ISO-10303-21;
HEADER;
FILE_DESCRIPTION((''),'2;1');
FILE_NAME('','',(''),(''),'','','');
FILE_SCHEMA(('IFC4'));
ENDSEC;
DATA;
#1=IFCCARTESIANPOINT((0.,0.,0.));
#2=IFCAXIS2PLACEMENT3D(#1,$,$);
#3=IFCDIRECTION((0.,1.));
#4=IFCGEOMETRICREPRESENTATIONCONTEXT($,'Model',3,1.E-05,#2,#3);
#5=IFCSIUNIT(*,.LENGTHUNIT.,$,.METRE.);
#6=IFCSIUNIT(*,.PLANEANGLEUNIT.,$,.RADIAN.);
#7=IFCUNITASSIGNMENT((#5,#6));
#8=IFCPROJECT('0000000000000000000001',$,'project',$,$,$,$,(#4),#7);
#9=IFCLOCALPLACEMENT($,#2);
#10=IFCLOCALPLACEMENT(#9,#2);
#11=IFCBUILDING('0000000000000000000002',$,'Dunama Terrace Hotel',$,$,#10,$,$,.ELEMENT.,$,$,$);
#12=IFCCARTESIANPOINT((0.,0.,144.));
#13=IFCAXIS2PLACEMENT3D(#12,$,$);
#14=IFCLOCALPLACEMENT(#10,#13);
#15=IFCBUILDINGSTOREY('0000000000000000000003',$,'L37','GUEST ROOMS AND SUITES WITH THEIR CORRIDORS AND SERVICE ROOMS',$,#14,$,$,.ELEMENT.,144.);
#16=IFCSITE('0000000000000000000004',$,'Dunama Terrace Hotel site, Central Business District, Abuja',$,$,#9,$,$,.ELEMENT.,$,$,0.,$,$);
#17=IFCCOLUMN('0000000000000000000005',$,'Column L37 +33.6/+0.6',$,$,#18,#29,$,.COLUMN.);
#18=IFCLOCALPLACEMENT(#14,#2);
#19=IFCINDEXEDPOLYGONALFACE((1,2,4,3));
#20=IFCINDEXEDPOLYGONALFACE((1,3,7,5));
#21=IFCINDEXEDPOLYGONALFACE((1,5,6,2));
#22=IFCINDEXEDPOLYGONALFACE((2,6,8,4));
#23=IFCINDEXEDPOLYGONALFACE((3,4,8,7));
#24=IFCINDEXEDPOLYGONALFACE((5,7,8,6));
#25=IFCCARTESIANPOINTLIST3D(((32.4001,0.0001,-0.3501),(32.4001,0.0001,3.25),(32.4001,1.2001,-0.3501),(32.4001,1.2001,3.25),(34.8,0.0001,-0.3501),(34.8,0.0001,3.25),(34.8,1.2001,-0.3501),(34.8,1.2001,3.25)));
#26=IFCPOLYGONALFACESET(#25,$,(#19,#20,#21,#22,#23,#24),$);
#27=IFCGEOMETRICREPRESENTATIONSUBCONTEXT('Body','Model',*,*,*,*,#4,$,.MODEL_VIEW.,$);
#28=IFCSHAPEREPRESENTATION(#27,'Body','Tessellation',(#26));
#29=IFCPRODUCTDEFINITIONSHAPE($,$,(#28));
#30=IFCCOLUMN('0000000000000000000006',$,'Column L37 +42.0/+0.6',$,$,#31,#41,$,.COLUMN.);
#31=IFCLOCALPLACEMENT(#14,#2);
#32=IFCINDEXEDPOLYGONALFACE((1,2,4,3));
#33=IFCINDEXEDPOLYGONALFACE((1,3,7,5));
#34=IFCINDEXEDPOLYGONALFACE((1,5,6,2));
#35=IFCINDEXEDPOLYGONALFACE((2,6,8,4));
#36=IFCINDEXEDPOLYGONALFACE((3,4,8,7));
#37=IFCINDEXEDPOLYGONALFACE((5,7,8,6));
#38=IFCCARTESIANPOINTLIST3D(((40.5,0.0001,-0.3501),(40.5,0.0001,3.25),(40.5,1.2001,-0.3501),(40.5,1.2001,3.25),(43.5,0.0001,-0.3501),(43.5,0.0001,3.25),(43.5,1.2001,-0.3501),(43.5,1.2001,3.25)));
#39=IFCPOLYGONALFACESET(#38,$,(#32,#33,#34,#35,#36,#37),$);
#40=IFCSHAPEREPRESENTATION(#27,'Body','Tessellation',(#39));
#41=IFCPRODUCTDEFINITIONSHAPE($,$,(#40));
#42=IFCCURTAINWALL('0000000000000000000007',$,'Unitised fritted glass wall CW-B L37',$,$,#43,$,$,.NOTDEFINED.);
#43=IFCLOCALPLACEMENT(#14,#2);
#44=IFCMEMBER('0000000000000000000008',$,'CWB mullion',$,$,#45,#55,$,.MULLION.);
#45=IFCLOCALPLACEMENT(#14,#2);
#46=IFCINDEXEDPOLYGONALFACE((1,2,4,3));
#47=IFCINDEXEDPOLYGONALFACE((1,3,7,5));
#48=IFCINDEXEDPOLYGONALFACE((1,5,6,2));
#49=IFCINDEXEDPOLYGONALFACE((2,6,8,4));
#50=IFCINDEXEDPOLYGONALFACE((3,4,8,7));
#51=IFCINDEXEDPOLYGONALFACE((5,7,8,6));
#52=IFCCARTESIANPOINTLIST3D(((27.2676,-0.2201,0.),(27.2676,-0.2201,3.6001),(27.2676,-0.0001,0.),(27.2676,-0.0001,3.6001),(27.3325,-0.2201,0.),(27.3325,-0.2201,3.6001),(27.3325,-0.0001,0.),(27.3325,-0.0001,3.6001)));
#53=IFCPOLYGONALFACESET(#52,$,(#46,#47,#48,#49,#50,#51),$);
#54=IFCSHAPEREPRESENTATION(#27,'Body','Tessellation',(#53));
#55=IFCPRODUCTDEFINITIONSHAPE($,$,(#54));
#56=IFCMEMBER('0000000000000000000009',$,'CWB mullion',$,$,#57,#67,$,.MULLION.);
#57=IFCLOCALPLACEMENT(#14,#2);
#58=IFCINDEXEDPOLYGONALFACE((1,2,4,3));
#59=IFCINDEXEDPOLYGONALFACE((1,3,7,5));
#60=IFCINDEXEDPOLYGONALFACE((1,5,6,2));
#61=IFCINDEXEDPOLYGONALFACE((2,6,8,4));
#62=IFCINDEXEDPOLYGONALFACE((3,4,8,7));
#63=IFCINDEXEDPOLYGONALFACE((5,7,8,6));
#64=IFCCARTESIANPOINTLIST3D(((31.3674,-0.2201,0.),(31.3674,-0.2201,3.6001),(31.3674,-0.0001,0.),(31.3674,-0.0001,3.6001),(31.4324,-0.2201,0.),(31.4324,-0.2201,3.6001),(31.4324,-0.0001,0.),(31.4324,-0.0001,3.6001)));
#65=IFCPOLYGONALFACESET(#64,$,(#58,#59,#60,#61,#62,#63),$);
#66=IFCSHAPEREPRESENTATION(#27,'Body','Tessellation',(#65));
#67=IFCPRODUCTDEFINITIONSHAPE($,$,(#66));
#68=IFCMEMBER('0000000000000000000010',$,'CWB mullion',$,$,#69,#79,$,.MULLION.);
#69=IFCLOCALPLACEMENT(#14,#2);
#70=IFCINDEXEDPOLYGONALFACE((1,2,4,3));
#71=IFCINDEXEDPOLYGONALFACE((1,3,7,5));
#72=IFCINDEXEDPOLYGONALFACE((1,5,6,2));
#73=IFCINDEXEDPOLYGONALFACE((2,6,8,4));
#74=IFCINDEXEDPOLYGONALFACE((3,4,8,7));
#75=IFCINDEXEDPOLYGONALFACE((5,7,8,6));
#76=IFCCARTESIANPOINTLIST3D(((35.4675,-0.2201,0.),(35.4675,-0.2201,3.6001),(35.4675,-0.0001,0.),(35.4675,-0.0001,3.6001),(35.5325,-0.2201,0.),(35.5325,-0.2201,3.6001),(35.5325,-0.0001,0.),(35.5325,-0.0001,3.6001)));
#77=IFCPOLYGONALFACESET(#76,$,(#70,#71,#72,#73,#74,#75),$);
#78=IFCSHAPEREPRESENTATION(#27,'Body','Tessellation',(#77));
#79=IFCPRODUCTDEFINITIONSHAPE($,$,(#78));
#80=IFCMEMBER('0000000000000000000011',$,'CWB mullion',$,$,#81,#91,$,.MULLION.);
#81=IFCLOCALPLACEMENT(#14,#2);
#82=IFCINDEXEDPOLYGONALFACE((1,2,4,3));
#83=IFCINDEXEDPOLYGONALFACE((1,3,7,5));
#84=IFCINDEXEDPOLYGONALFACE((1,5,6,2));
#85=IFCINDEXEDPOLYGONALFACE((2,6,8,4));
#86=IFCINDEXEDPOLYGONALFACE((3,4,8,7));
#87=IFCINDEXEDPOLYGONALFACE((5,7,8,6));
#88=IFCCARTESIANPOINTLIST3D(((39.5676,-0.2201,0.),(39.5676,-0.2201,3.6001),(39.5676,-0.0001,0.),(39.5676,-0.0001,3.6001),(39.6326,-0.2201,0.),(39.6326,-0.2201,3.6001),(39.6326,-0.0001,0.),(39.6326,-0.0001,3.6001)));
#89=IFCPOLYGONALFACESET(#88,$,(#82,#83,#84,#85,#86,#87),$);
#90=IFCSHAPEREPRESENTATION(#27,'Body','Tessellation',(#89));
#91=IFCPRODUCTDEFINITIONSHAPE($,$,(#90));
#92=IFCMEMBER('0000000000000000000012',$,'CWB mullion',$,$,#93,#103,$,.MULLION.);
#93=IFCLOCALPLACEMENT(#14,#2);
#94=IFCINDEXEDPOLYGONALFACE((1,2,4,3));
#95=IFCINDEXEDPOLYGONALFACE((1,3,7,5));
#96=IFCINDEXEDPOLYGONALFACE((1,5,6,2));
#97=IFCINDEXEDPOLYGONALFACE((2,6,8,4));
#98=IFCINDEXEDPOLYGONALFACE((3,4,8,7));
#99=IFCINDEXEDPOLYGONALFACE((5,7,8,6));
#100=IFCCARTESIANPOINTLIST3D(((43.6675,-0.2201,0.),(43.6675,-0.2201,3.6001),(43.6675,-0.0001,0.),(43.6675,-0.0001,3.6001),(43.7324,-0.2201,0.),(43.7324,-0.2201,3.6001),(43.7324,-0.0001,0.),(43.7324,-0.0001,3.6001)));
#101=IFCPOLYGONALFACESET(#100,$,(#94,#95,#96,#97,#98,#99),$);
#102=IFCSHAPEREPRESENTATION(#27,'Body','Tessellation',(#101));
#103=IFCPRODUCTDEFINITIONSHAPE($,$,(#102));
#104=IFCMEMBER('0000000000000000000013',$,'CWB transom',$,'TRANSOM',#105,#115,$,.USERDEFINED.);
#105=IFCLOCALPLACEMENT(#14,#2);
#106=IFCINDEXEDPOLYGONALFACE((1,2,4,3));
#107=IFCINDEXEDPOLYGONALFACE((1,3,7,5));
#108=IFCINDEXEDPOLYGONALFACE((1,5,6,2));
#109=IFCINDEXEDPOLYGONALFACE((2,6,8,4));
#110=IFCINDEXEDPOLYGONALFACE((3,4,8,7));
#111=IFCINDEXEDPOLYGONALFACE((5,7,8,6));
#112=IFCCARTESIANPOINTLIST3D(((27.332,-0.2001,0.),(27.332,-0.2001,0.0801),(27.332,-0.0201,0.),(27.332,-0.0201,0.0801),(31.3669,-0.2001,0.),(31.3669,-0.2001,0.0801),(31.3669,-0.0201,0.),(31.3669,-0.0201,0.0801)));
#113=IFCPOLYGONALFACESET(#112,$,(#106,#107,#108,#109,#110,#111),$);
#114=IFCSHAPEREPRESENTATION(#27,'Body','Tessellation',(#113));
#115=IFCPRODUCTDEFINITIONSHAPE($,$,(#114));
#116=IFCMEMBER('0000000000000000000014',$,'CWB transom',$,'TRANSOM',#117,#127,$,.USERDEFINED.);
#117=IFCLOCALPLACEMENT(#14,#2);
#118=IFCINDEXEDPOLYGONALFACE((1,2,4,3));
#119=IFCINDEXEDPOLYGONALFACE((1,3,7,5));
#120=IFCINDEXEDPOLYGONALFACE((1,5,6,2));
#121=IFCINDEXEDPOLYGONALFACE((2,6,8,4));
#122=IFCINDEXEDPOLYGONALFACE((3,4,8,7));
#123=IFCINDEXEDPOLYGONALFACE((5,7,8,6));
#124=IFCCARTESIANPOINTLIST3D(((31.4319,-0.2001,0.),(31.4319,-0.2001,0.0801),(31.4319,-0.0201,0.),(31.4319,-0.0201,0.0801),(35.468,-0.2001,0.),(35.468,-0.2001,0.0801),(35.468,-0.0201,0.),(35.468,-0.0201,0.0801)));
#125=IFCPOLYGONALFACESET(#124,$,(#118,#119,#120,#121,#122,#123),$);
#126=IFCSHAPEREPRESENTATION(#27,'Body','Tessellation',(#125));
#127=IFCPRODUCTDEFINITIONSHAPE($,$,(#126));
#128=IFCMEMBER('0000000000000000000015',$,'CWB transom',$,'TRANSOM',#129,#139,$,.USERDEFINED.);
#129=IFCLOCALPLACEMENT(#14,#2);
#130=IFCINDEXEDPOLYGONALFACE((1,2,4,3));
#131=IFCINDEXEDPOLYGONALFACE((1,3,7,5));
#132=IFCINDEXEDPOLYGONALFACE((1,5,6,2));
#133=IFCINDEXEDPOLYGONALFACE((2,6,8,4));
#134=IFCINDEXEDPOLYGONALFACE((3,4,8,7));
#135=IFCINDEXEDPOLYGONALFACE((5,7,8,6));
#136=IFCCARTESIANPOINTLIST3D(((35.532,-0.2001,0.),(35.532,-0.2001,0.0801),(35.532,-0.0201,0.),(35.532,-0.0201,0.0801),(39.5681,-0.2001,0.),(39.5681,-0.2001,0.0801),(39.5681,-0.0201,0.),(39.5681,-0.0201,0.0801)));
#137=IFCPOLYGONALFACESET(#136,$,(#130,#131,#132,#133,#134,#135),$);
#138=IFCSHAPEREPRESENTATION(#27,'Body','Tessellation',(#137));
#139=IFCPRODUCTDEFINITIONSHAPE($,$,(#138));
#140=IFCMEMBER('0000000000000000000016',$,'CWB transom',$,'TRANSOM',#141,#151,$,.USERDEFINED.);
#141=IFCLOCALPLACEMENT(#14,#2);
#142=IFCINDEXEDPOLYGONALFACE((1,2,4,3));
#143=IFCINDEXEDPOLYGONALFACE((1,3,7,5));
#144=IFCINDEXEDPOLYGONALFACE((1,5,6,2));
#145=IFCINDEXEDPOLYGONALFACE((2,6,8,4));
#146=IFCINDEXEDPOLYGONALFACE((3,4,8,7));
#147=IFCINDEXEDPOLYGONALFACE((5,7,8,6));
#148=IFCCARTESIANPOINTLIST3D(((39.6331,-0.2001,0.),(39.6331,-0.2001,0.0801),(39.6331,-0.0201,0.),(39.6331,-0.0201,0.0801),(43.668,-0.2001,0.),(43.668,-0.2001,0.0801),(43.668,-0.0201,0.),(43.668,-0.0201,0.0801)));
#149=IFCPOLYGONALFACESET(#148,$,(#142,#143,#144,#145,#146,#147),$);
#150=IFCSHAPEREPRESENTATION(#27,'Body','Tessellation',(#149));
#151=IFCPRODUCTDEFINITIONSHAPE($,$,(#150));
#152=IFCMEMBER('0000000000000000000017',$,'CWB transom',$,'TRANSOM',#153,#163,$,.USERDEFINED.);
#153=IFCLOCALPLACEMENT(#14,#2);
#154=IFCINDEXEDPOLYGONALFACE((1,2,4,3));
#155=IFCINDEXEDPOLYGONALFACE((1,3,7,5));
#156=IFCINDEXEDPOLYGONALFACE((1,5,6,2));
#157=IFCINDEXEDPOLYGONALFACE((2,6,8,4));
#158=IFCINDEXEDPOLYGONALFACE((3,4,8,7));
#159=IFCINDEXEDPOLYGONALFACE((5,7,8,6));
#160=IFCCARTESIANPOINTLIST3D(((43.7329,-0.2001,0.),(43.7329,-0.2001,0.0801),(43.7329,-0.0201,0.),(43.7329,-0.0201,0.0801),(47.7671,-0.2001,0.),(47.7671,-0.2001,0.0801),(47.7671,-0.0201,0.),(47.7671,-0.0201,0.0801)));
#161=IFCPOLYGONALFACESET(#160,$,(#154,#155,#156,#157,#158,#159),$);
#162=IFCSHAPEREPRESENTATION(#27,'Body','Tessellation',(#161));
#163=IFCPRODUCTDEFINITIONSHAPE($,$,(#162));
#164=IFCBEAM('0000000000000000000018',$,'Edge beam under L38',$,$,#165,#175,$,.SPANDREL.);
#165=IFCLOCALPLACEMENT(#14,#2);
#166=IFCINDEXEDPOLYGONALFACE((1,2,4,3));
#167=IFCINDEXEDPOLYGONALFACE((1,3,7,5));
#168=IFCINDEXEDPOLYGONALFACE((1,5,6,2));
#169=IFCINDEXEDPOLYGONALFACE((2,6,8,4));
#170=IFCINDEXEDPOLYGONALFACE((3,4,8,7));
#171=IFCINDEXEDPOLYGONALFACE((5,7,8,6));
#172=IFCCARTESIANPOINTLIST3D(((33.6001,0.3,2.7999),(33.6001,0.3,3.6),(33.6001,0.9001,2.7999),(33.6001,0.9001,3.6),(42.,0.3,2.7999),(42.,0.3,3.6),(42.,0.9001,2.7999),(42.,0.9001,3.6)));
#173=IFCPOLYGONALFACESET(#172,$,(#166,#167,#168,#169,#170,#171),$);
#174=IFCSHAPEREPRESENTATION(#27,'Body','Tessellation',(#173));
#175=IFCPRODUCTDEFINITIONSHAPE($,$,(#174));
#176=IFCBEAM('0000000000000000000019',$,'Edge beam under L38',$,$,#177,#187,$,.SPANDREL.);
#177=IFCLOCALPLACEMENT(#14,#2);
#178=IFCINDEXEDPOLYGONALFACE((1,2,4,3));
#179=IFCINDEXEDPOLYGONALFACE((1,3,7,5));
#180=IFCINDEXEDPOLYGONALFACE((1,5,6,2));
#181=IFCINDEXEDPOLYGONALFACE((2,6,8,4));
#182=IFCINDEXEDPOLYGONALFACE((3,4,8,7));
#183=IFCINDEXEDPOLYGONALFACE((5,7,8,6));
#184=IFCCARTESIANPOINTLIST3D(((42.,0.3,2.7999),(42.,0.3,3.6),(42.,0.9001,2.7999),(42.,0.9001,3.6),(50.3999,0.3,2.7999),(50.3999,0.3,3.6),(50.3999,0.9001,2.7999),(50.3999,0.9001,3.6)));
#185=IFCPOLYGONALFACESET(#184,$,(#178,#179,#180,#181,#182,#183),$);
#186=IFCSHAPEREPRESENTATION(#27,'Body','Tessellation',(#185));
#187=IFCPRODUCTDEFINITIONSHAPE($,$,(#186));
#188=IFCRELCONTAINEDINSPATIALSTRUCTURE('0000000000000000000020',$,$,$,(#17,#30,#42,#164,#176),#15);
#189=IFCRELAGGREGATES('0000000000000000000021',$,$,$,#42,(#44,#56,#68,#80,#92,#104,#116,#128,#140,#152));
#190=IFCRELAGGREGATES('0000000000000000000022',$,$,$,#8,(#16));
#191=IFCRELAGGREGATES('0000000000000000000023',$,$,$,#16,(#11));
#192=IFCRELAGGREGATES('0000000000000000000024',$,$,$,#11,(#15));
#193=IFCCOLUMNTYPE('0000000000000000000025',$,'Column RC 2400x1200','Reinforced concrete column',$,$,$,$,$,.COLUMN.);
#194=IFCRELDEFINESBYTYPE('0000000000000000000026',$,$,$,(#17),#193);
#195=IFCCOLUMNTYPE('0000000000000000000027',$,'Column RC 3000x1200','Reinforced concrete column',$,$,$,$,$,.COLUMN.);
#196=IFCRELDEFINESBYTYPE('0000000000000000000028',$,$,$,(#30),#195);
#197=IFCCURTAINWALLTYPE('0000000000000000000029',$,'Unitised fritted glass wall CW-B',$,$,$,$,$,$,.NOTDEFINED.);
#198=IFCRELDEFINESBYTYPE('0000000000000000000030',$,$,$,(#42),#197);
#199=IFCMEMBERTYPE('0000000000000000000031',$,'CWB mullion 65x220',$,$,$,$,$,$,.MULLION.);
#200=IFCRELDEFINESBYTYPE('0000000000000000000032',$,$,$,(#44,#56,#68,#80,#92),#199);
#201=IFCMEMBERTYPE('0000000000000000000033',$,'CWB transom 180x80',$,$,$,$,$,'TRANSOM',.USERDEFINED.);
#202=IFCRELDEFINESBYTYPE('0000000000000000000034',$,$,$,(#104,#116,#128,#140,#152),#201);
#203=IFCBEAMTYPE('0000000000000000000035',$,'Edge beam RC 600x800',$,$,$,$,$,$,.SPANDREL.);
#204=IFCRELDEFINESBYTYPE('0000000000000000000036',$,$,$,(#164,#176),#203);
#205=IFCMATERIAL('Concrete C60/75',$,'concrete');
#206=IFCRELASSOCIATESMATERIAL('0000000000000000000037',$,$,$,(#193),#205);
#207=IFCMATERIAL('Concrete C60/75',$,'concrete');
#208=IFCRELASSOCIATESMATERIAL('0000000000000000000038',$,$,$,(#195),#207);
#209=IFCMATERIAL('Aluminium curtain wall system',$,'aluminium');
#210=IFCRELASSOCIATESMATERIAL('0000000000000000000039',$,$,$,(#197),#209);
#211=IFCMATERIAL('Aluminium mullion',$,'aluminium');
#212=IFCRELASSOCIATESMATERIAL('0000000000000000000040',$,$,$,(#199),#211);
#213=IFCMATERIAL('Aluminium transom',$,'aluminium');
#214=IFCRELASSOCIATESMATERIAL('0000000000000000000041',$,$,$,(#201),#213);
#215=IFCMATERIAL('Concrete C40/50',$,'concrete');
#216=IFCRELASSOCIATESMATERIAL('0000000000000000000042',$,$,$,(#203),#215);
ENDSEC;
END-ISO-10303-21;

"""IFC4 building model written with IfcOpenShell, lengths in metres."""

from ifc_helpers import new_model, si_unit, direction, frame, origin, origin_2d, place, context, subcontext, project, spatial, rectangle, extrude, material, material_profile, profile_set, type_object, element, aggregate, save


model = new_model("IFC4")

# Units and contexts
model_context = context("Model", 3, precision=1e-05, world=origin(), true_north=direction((0.0, 1.0)))
body_context = subcontext(model_context, "Body", "Model", "MODEL_VIEW")
ifc_project = project(units=[si_unit("LENGTHUNIT", "METRE"), si_unit("PLANEANGLEUNIT", "RADIAN")], contexts=[model_context])

# Site, building, storey
site_placement = place(None, origin())
site = spatial("IfcSite", under=ifc_project, at=site_placement, Name="Dunama Terrace Hotel site, Central Business District, Abuja", CompositionType="ELEMENT", RefElevation=0.0)
building_placement = place(site_placement, origin())
building = spatial("IfcBuilding", under=site, at=building_placement, Name="Dunama Terrace Hotel", CompositionType="ELEMENT")
storey_placement = place(building_placement, frame((0.0, 0.0, 144.0)))
storey = spatial("IfcBuildingStorey", under=building, at=storey_placement, Name="L37", Description="GUEST ROOMS AND SUITES WITH THEIR CORRIDORS AND SERVICE ROOMS", CompositionType="ELEMENT", Elevation=144.0)

# Columns
ifc_material_1 = material(Name="Concrete C60/75", Category="concrete")
ifc_material_profile_1 = material_profile(ifc_material_1, rectangle(XDim=2.3999, YDim=1.2, at=origin_2d()), Name="RC 2400x1200")
ifc_profile_set_1 = profile_set([ifc_material_profile_1], Name="Concrete C60/75")
column_type_1 = type_object("IfcColumnType", Name="Column RC 2400x1200", Description="Reinforced concrete column", PredefinedType="COLUMN", material=ifc_profile_set_1)
column_1_placement = place(storey_placement, frame((33.6001, 0.6001, -0.3501), z_axis=(0.0, 0.0, 1.0), x_axis=(1.0, 0.0, 0.0)))
element("IfcColumn", 1, at=column_1_placement, inside=storey, type_object=column_type_1, Name="Column L37 +33.6/+0.6", PredefinedType="COLUMN", context=body_context, shape_type="SweptSolid", body=[
    extrude(rectangle(XDim=2.3999, YDim=1.2, at=origin_2d()), origin(), (0.0, 0.0, 1.0), 3.6001),
])
ifc_material_2 = material(Name="Concrete C60/75", Category="concrete")
ifc_material_profile_2 = material_profile(ifc_material_2, rectangle(XDim=3.0, YDim=1.2, at=origin_2d()), Name="RC 3000x1200")
ifc_profile_set_2 = profile_set([ifc_material_profile_2], Name="Concrete C60/75")
column_type_2 = type_object("IfcColumnType", Name="Column RC 3000x1200", Description="Reinforced concrete column", PredefinedType="COLUMN", material=ifc_profile_set_2)
column_2_placement = place(storey_placement, frame((42.0, 0.6001, -0.3501), z_axis=(0.0, 0.0, 1.0), x_axis=(1.0, 0.0, 0.0)))
element("IfcColumn", 2, at=column_2_placement, inside=storey, type_object=column_type_2, Name="Column L37 +42.0/+0.6", PredefinedType="COLUMN", context=body_context, shape_type="SweptSolid", body=[
    extrude(rectangle(XDim=3.0, YDim=1.2, at=origin_2d()), origin(), (0.0, 0.0, 1.0), 3.6001),
])

# Curtain wall, members
ifc_material_3 = material(Name="Aluminium curtain wall system", Category="aluminium")
curtain_wall_type = type_object("IfcCurtainWallType", Name="Unitised fritted glass wall CW-B", PredefinedType="NOTDEFINED", material=ifc_material_3)
curtain_wall_placement = place(storey_placement, origin())
curtain_wall = element("IfcCurtainWall", 3, at=curtain_wall_placement, inside=storey, type_object=curtain_wall_type, Name="Unitised fritted glass wall CW-B L37", PredefinedType="NOTDEFINED")
ifc_material_4 = material(Name="Aluminium mullion", Category="aluminium")
ifc_material_profile_3 = material_profile(ifc_material_4, rectangle(XDim=0.0649, YDim=0.22, at=origin_2d()), Name="CWB MULLION 65X220")
ifc_profile_set_3 = profile_set([ifc_material_profile_3], Name="Aluminium mullion")
member_type_1 = type_object("IfcMemberType", Name="CWB mullion 65x220", PredefinedType="MULLION", material=ifc_profile_set_3)
member_1_placement = place(storey_placement, frame((27.3, -0.1101, 0.0), z_axis=(0.0, 0.0, 1.0), x_axis=(1.0, 0.0, 0.0)))
member_1 = element("IfcMember", 4, at=member_1_placement, type_object=member_type_1, Name="CWB mullion", PredefinedType="MULLION", context=body_context, shape_type="SweptSolid", body=[
    extrude(rectangle(XDim=0.0649, YDim=0.22, at=origin_2d()), origin(), (0.0, 0.0, 1.0), 3.6001),
])
member_2_placement = place(storey_placement, frame((31.3999, -0.1101, 0.0), z_axis=(0.0, 0.0, 1.0), x_axis=(1.0, 0.0, 0.0)))
member_2 = element("IfcMember", 5, at=member_2_placement, type_object=member_type_1, Name="CWB mullion", PredefinedType="MULLION", context=body_context, shape_type="SweptSolid", body=[
    extrude(rectangle(XDim=0.0649, YDim=0.22, at=origin_2d()), origin(), (0.0, 0.0, 1.0), 3.6001),
])
member_3_placement = place(storey_placement, frame((35.5, -0.1101, 0.0), z_axis=(0.0, 0.0, 1.0), x_axis=(1.0, 0.0, 0.0)))
member_3 = element("IfcMember", 6, at=member_3_placement, type_object=member_type_1, Name="CWB mullion", PredefinedType="MULLION", context=body_context, shape_type="SweptSolid", body=[
    extrude(rectangle(XDim=0.0649, YDim=0.22, at=origin_2d()), origin(), (0.0, 0.0, 1.0), 3.6001),
])
member_4_placement = place(storey_placement, frame((39.6001, -0.1101, 0.0), z_axis=(0.0, 0.0, 1.0), x_axis=(1.0, 0.0, 0.0)))
member_4 = element("IfcMember", 7, at=member_4_placement, type_object=member_type_1, Name="CWB mullion", PredefinedType="MULLION", context=body_context, shape_type="SweptSolid", body=[
    extrude(rectangle(XDim=0.0649, YDim=0.22, at=origin_2d()), origin(), (0.0, 0.0, 1.0), 3.6001),
])
member_5_placement = place(storey_placement, frame((43.7, -0.1101, 0.0), z_axis=(0.0, 0.0, 1.0), x_axis=(1.0, 0.0, 0.0)))
member_5 = element("IfcMember", 8, at=member_5_placement, type_object=member_type_1, Name="CWB mullion", PredefinedType="MULLION", context=body_context, shape_type="SweptSolid", body=[
    extrude(rectangle(XDim=0.0649, YDim=0.22, at=origin_2d()), origin(), (0.0, 0.0, 1.0), 3.6001),
])
ifc_material_5 = material(Name="Aluminium transom", Category="aluminium")
ifc_material_profile_4 = material_profile(ifc_material_5, rectangle(XDim=0.1799, YDim=0.0801, at=origin_2d()), Name="CWB TRANSOM 180X80")
ifc_profile_set_4 = profile_set([ifc_material_profile_4], Name="Aluminium transom")
member_type_2 = type_object("IfcMemberType", Name="CWB transom 180x80", ElementType="TRANSOM", PredefinedType="USERDEFINED", material=ifc_profile_set_4)
member_6_placement = place(storey_placement, frame((27.332, -0.1101, 0.04), z_axis=(1.0, 0.0, 0.0), x_axis=(0.0, 1.0, 0.0)))
member_6 = element("IfcMember", 9, at=member_6_placement, type_object=member_type_2, Name="CWB transom", ObjectType="TRANSOM", PredefinedType="USERDEFINED", context=body_context, shape_type="SweptSolid", body=[
    extrude(rectangle(XDim=0.1799, YDim=0.0801, at=origin_2d()), origin(), (0.0, 0.0, 1.0), 4.0349),
])
member_7_placement = place(storey_placement, frame((31.4319, -0.1101, 0.04), z_axis=(1.0, 0.0, 0.0), x_axis=(0.0, 1.0, 0.0)))
member_7 = element("IfcMember", 10, at=member_7_placement, type_object=member_type_2, Name="CWB transom", ObjectType="TRANSOM", PredefinedType="USERDEFINED", context=body_context, shape_type="SweptSolid", body=[
    extrude(rectangle(XDim=0.1799, YDim=0.0801, at=origin_2d()), origin(), (0.0, 0.0, 1.0), 4.0361),
])
member_8_placement = place(storey_placement, frame((35.532, -0.1101, 0.04), z_axis=(1.0, 0.0, 0.0), x_axis=(0.0, 1.0, 0.0)))
member_8 = element("IfcMember", 11, at=member_8_placement, type_object=member_type_2, Name="CWB transom", ObjectType="TRANSOM", PredefinedType="USERDEFINED", context=body_context, shape_type="SweptSolid", body=[
    extrude(rectangle(XDim=0.1799, YDim=0.0801, at=origin_2d()), origin(), (0.0, 0.0, 1.0), 4.0361),
])
member_9_placement = place(storey_placement, frame((39.6331, -0.1101, 0.04), z_axis=(1.0, 0.0, 0.0), x_axis=(0.0, 1.0, 0.0)))
member_9 = element("IfcMember", 12, at=member_9_placement, type_object=member_type_2, Name="CWB transom", ObjectType="TRANSOM", PredefinedType="USERDEFINED", context=body_context, shape_type="SweptSolid", body=[
    extrude(rectangle(XDim=0.1799, YDim=0.0801, at=origin_2d()), origin(), (0.0, 0.0, 1.0), 4.0349),
])
member_10_placement = place(storey_placement, frame((43.7329, -0.1101, 0.04), z_axis=(1.0, 0.0, 0.0), x_axis=(0.0, 1.0, 0.0)))
member_10 = element("IfcMember", 13, at=member_10_placement, type_object=member_type_2, Name="CWB transom", ObjectType="TRANSOM", PredefinedType="USERDEFINED", context=body_context, shape_type="SweptSolid", body=[
    extrude(rectangle(XDim=0.1799, YDim=0.0801, at=origin_2d()), origin(), (0.0, 0.0, 1.0), 4.0342),
])

# Beams
ifc_material_6 = material(Name="Concrete C40/50", Category="concrete")
ifc_material_profile_5 = material_profile(ifc_material_6, rectangle(XDim=0.6001, YDim=0.8, at=origin_2d()), Name="RC 600x800")
ifc_profile_set_5 = profile_set([ifc_material_profile_5], Name="Concrete C40/50")
beam_type = type_object("IfcBeamType", Name="Edge beam RC 600x800", PredefinedType="SPANDREL", material=ifc_profile_set_5)
for number, where, z_axis, x_axis, name in (
    (14, (33.6001, 0.6001, 3.2), (1.0, 0.0, 0.0), (0.0, 1.0, 0.0), "Edge beam under L38"),
    (15, (42.0, 0.6001, 3.2), (1.0, 0.0, 0.0), (0.0, 1.0, 0.0), "Edge beam under L38"),
):
    element("IfcBeam", number, at=place(storey_placement, frame(where, z_axis=z_axis, x_axis=x_axis)), inside=storey, type_object=beam_type, Name=name, PredefinedType="SPANDREL", context=body_context, shape_type="SweptSolid", body=[
        extrude(rectangle(XDim=0.6001, YDim=0.8, at=origin_2d()), origin(), (0.0, 0.0, 1.0), 8.3999),
    ])

aggregate(curtain_wall, [member_1, member_2, member_3, member_4, member_5, member_6, member_7, member_8, member_9, member_10])

save(model, "model.ifc")
